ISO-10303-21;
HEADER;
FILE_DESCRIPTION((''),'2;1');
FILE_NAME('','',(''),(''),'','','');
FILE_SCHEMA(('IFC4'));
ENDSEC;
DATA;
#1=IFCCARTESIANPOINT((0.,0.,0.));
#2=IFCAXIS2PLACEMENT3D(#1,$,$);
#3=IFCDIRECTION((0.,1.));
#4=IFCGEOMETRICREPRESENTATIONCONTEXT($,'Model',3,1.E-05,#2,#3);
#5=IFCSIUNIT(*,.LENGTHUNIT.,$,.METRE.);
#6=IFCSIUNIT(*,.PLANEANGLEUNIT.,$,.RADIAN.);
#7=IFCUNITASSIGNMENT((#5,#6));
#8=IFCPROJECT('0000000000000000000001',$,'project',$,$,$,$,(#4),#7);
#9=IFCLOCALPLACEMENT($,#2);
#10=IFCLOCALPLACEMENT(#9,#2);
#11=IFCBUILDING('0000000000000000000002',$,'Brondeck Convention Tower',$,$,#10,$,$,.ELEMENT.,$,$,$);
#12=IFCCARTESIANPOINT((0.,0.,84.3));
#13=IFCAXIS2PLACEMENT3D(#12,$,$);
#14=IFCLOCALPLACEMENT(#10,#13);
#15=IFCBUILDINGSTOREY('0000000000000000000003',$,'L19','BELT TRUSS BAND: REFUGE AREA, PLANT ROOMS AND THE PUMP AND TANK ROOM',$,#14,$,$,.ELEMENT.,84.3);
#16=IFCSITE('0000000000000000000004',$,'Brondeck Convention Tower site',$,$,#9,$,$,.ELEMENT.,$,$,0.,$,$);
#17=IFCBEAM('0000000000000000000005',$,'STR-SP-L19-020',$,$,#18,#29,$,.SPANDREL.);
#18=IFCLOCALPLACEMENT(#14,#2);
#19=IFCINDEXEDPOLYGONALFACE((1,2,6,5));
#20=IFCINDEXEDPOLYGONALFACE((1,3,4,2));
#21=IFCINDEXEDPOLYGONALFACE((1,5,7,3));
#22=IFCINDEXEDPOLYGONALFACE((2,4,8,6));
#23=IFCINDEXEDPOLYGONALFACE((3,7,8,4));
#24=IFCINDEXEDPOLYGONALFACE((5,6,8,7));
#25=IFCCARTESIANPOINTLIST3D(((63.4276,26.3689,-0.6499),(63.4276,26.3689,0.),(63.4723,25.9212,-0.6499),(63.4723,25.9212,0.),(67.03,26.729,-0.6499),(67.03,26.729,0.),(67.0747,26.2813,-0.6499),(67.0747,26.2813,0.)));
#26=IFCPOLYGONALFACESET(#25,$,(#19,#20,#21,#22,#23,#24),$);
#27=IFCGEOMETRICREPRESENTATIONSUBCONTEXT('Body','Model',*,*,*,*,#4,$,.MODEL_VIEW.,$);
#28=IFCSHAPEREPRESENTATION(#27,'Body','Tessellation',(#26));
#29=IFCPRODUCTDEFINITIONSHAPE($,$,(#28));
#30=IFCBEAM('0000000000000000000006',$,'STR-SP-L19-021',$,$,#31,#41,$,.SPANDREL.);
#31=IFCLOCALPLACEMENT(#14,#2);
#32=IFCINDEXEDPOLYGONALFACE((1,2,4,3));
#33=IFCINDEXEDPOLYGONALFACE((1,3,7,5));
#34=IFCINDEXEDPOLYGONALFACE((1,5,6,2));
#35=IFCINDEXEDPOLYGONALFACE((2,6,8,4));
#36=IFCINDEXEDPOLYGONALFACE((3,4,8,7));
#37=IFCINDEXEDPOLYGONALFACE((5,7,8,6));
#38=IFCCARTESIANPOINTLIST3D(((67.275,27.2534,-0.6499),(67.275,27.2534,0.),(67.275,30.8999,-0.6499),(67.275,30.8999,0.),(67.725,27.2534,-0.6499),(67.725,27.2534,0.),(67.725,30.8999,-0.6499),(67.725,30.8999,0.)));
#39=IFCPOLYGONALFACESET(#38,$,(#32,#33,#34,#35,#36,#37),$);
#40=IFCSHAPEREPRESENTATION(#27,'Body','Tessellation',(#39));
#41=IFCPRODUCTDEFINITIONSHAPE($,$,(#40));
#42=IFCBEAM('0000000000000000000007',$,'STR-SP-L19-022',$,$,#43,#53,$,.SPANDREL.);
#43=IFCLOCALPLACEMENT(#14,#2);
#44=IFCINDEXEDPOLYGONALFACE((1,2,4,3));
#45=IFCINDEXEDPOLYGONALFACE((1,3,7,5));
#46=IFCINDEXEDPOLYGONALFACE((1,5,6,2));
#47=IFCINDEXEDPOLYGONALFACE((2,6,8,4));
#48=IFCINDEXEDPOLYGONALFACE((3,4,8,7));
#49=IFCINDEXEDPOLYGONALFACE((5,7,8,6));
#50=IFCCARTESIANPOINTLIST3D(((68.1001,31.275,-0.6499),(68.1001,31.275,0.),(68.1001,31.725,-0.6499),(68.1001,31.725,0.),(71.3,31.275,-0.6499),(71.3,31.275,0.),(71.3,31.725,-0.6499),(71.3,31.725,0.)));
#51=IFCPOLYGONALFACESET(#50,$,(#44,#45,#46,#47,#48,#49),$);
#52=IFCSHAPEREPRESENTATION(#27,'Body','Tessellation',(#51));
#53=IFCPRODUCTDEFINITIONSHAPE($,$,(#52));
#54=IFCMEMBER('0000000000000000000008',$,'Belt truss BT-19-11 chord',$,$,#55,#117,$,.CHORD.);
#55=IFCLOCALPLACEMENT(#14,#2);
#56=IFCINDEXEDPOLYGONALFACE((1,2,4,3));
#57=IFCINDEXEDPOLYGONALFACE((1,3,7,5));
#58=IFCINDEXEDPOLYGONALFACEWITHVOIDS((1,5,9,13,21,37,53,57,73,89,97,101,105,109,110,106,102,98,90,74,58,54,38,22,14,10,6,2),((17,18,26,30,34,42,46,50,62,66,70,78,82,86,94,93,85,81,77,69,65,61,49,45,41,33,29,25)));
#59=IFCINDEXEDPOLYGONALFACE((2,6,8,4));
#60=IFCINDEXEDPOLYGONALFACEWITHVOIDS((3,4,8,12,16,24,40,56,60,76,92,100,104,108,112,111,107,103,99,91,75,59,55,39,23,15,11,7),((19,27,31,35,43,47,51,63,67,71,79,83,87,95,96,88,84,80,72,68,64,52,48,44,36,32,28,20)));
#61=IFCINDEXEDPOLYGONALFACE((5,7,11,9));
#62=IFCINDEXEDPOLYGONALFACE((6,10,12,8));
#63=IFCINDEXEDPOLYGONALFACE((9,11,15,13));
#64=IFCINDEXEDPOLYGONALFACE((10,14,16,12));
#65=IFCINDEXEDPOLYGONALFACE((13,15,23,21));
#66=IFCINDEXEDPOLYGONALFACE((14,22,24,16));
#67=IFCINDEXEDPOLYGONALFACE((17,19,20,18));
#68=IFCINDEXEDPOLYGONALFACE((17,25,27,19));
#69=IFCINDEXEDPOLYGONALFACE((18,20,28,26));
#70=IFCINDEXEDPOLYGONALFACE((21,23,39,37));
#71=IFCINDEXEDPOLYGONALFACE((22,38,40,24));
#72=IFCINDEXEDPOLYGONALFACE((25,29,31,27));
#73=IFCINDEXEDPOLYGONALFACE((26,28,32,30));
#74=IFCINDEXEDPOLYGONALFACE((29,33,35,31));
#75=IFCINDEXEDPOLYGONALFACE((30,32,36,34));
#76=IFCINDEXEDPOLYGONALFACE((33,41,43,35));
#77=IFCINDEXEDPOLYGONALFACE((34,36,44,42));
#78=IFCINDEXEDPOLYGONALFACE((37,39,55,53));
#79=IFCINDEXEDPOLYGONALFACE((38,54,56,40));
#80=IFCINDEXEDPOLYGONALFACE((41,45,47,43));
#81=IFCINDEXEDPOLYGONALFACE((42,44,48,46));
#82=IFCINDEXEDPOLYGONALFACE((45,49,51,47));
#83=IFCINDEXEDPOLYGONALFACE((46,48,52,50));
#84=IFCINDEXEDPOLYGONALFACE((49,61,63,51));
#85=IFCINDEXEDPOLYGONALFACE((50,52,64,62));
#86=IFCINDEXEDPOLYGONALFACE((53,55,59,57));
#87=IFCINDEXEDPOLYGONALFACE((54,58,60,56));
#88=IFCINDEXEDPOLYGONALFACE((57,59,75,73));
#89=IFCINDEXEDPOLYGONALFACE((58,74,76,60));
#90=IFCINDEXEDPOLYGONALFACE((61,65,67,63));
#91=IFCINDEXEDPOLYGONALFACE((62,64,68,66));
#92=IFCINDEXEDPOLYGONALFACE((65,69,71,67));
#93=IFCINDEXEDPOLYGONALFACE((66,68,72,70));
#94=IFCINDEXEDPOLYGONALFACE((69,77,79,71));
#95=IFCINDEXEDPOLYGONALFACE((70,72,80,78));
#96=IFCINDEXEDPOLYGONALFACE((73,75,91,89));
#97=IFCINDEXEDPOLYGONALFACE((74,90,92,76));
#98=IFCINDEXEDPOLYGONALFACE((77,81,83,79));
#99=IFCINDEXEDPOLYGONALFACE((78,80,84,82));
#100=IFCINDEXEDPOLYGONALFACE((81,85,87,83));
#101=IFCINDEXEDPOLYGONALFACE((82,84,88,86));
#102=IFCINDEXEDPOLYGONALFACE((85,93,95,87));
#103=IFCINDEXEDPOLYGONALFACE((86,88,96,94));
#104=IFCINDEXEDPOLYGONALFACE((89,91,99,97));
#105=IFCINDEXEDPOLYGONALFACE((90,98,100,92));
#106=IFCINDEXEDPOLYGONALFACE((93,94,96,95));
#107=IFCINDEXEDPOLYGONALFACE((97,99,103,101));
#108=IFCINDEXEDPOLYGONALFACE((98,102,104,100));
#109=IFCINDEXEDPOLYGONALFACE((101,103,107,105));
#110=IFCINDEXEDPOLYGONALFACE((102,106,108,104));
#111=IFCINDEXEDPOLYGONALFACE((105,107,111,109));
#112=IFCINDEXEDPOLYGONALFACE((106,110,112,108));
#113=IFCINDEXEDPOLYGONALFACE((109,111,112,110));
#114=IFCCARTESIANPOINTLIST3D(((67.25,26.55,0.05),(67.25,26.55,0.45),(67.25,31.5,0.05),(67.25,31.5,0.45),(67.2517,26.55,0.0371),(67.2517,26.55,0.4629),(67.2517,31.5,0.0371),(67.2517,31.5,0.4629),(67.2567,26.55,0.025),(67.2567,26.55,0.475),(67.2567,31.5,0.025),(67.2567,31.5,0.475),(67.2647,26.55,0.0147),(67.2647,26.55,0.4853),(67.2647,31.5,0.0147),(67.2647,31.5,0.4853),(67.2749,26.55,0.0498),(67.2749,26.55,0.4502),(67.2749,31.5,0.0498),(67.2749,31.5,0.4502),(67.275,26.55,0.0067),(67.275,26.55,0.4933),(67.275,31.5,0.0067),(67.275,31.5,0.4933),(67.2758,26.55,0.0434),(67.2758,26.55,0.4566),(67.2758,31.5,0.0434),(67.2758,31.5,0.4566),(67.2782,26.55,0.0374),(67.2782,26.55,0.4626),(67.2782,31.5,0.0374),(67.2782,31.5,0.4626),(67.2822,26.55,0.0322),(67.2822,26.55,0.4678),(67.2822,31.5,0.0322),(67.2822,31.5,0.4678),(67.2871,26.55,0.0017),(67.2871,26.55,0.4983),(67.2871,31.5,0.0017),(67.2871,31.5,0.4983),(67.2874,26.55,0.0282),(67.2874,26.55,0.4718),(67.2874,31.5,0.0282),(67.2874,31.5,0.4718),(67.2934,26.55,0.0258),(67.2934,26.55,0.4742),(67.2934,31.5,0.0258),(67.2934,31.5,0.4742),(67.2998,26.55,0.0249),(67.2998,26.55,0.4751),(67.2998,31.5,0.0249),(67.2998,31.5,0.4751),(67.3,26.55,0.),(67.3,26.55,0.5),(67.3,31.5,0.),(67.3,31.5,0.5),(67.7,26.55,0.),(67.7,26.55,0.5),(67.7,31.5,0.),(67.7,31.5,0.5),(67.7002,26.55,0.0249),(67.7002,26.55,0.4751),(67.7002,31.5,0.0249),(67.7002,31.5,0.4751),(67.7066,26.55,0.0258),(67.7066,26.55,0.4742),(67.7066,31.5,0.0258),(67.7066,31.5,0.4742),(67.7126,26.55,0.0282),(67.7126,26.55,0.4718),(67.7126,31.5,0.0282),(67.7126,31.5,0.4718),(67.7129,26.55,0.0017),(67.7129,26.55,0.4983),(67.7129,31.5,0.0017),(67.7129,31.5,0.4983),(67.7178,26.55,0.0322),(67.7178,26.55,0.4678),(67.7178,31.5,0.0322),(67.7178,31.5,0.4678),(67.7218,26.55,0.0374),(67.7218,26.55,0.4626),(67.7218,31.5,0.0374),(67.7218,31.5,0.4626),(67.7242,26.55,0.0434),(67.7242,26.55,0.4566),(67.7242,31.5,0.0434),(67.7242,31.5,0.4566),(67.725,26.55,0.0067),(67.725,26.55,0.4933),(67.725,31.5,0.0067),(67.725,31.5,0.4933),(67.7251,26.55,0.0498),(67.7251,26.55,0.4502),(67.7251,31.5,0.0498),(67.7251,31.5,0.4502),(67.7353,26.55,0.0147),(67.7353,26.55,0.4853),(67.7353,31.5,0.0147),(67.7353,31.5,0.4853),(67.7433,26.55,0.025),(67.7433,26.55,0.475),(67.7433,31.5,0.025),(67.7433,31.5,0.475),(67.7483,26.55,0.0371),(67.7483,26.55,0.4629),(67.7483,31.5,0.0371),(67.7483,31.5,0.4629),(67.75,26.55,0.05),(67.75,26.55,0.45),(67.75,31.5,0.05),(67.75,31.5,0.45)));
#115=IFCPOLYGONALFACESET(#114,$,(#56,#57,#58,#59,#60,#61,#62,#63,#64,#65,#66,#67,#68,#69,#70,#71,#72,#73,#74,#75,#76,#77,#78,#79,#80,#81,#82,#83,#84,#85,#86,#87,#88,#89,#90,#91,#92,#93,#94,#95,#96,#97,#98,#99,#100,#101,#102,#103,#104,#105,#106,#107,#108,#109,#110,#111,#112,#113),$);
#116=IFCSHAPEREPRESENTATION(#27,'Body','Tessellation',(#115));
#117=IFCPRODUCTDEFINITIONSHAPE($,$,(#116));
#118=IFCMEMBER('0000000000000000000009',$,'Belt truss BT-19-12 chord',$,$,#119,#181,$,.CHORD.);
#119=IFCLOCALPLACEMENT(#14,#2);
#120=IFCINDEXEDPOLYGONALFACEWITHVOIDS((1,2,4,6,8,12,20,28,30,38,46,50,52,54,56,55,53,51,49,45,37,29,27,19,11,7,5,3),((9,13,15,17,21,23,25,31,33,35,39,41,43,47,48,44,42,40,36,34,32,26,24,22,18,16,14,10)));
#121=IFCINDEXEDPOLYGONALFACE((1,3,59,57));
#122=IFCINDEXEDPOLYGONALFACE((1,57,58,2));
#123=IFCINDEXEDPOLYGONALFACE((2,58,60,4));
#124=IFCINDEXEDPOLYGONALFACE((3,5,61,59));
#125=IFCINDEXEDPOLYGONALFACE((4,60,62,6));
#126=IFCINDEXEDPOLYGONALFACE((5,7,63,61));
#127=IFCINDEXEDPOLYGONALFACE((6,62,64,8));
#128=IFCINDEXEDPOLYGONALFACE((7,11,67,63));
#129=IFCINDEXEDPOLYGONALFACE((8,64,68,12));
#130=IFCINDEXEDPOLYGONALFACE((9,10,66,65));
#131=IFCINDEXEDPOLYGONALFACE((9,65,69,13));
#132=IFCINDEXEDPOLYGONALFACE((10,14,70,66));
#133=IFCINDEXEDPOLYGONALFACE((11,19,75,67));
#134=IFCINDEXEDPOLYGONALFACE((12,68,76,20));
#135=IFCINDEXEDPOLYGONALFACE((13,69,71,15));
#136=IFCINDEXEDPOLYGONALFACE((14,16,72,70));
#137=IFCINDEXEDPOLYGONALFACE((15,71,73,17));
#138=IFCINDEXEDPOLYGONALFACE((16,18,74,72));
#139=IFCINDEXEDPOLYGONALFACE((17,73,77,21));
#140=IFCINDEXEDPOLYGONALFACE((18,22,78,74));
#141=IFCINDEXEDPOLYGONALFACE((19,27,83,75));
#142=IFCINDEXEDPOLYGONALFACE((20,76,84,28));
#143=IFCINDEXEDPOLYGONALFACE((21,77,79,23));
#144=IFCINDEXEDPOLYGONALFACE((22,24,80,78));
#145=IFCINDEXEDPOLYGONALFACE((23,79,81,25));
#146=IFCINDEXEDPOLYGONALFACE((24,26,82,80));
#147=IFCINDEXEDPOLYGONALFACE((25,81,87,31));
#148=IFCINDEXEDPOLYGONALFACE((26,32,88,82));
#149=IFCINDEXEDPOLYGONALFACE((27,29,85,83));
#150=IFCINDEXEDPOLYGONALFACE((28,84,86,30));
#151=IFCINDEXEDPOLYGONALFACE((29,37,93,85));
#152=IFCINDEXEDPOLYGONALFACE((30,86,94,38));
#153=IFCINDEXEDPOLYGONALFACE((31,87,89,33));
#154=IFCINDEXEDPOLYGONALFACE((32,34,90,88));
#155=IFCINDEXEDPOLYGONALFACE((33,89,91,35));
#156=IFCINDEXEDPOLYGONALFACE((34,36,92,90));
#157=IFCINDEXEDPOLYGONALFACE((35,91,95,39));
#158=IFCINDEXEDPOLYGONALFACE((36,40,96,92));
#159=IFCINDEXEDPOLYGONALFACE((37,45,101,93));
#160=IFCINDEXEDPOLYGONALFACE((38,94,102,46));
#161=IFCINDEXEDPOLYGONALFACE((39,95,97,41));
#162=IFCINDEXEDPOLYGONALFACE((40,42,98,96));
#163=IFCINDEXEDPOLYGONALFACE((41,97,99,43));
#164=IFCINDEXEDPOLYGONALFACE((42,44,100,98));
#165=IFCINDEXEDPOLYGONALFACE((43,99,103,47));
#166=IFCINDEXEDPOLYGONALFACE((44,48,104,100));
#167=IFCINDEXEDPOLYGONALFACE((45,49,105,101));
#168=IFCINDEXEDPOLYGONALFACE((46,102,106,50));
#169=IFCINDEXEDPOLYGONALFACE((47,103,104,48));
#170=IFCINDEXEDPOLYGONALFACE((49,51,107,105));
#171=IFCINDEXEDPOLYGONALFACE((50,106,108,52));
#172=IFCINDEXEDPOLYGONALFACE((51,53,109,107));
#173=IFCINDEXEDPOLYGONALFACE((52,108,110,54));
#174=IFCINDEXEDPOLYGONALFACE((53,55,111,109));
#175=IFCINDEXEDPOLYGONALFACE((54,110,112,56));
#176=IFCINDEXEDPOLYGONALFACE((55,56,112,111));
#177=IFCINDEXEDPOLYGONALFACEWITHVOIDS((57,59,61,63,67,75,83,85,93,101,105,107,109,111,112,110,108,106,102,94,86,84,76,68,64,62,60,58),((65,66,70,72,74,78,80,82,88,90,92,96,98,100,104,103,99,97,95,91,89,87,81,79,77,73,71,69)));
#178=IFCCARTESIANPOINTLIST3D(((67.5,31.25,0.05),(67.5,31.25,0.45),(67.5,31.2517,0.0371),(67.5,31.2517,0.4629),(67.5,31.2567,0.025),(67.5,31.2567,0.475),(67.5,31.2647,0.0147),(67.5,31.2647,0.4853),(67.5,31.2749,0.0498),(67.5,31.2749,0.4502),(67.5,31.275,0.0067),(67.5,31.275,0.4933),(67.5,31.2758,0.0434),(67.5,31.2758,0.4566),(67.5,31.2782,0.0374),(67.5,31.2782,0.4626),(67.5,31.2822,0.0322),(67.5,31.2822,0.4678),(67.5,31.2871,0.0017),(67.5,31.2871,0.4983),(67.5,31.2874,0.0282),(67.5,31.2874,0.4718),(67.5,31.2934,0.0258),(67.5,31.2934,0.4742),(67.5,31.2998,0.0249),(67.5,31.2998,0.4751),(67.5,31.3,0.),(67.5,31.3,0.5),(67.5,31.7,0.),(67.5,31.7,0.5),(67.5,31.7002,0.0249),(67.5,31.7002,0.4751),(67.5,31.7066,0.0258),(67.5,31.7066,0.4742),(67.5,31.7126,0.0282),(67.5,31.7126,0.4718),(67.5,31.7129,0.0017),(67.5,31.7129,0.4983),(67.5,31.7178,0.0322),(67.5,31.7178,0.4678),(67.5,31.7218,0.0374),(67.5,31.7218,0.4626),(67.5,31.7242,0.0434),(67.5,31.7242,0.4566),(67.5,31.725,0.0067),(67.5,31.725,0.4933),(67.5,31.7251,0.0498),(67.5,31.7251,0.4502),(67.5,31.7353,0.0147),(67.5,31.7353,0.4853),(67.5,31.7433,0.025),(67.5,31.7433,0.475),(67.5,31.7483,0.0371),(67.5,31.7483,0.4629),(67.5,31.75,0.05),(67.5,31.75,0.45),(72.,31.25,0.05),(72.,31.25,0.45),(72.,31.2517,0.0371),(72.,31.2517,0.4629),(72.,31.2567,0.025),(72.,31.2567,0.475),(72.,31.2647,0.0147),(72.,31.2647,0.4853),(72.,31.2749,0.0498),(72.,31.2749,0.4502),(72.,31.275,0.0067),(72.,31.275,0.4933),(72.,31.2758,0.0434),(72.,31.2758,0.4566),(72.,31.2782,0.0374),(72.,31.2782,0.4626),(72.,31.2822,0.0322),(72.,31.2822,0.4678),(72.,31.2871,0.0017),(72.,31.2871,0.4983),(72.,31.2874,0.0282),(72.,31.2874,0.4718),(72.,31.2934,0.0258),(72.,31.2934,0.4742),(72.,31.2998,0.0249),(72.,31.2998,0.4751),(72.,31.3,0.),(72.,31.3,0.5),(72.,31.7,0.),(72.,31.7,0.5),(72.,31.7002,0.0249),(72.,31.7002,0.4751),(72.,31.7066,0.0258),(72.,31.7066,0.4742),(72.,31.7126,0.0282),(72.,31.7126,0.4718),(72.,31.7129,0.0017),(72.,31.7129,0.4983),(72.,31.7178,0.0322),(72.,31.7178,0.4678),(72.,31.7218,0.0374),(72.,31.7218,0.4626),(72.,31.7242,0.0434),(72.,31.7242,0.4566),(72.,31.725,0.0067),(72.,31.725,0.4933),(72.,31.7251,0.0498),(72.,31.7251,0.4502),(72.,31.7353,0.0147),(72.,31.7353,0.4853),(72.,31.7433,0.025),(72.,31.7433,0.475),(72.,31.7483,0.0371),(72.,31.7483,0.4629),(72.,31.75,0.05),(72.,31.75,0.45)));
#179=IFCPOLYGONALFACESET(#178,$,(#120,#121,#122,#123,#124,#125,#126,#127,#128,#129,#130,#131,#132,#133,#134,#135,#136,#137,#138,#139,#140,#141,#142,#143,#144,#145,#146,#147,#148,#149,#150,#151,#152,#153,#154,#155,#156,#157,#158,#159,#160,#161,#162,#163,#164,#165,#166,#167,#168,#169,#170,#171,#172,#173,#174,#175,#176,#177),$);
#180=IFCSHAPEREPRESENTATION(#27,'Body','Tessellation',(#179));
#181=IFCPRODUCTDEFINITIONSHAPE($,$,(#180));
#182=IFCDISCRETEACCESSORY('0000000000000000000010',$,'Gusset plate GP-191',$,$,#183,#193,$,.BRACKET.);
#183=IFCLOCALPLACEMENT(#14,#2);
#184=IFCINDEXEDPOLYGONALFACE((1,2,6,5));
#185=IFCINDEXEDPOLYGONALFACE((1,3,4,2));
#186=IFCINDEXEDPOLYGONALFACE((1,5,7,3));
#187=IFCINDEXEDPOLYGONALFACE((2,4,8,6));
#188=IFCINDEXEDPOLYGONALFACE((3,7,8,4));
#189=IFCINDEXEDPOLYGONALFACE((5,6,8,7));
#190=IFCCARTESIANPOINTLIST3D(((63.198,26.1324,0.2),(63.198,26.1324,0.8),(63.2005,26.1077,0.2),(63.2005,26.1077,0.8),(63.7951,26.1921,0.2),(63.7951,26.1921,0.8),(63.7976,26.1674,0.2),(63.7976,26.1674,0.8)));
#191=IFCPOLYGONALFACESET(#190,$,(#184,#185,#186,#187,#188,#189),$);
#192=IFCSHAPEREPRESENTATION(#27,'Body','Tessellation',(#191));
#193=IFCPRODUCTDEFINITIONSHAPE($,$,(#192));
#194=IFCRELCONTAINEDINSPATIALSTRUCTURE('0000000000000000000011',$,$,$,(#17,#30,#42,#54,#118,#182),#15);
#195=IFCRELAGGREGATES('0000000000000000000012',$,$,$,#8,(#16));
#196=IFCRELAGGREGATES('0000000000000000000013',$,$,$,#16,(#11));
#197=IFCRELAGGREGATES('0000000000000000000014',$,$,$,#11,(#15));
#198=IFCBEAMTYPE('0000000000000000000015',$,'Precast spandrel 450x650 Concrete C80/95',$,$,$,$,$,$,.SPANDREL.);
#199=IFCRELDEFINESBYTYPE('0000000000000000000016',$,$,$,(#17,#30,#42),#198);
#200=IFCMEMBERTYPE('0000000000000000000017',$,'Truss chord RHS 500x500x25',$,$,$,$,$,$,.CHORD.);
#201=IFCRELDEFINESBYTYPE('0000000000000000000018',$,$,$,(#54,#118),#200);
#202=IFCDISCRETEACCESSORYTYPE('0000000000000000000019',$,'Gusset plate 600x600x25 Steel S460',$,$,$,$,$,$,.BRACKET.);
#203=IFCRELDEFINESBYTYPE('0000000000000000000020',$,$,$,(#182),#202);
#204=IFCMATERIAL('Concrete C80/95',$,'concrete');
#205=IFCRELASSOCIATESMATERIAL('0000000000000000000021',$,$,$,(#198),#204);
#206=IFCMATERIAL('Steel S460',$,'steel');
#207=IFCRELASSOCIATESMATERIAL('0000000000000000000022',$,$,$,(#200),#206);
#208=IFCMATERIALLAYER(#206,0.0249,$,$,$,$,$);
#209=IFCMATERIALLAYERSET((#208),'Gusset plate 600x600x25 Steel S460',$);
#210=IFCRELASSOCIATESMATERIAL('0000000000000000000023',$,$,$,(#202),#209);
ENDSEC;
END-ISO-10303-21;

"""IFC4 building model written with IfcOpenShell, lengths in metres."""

from ifc_helpers import new_model, si_unit, direction, frame, origin, origin_2d, place, context, subcontext, project, spatial, rectangle, hollow_rectangle, extrude, material, layer, layer_set, material_profile, profile_set, type_object, element, save


model = new_model("IFC4")

# Units and contexts
model_context = context("Model", 3, precision=1e-05, world=origin(), true_north=direction((0.0, 1.0)))
body_context = subcontext(model_context, "Body", "Model", "MODEL_VIEW")
ifc_project = project(units=[si_unit("LENGTHUNIT", "METRE"), si_unit("PLANEANGLEUNIT", "RADIAN")], contexts=[model_context])

# Site, building, storey
site_placement = place(None, origin())
site = spatial("IfcSite", under=ifc_project, at=site_placement, Name="Brondeck Convention Tower site", CompositionType="ELEMENT", RefElevation=0.0)
building_placement = place(site_placement, origin())
building = spatial("IfcBuilding", under=site, at=building_placement, Name="Brondeck Convention Tower", CompositionType="ELEMENT")
storey_placement = place(building_placement, frame((0.0, 0.0, 84.3)))
storey = spatial("IfcBuildingStorey", under=building, at=storey_placement, Name="L19", Description="BELT TRUSS BAND: REFUGE AREA, PLANT ROOMS AND THE PUMP AND TANK ROOM", CompositionType="ELEMENT", Elevation=84.3)

# Shared definitions
ifc_material_1 = material(Name="Concrete C80/95", Category="concrete")

# Shared definitions
ifc_material_2 = material(Name="Steel S460", Category="steel")

# Beams
ifc_material_profile_1 = material_profile(ifc_material_1, rectangle(XDim=0.45, YDim=0.6499, at=origin_2d()), Name="Precast spandrel 450x650 Concrete C80/95")
ifc_profile_set_1 = profile_set([ifc_material_profile_1], Name="Concrete C80/95")
beam_type_1 = type_object("IfcBeamType", Name="Precast spandrel 450x650 Concrete C80/95", PredefinedType="SPANDREL", material=ifc_profile_set_1)
beam_1_placement = place(storey_placement, frame((63.45, 26.145, -0.325), z_axis=(0.995041, 0.09947, 0.0), x_axis=(-0.09947, 0.995041, 0.0)))
element("IfcBeam", 1, at=beam_1_placement, inside=storey, type_object=beam_type_1, Name="STR-SP-L19-020", PredefinedType="SPANDREL", context=body_context, shape_type="SweptSolid", body=[
    extrude(rectangle(XDim=0.45, YDim=0.6499, at=origin_2d()), origin(), (0.0, 0.0, 1.0), 3.6204),
])
beam_2_placement = place(storey_placement, frame((67.5, 27.2534, -0.325), z_axis=(0.0, 1.0, 0.0), x_axis=(-1.0, 0.0, 0.0)))
element("IfcBeam", 2, at=beam_2_placement, inside=storey, type_object=beam_type_1, Name="STR-SP-L19-021", PredefinedType="SPANDREL", context=body_context, shape_type="SweptSolid", body=[
    extrude(rectangle(XDim=0.45, YDim=0.6499, at=origin_2d()), origin(), (0.0, 0.0, 1.0), 3.6465),
])
beam_3_placement = place(storey_placement, frame((68.1001, 31.5, -0.325), z_axis=(1.0, 0.0, 0.0), x_axis=(0.0, 1.0, 0.0)))
element("IfcBeam", 3, at=beam_3_placement, inside=storey, type_object=beam_type_1, Name="STR-SP-L19-022", PredefinedType="SPANDREL", context=body_context, shape_type="SweptSolid", body=[
    extrude(rectangle(XDim=0.45, YDim=0.6499, at=origin_2d()), origin(), (0.0, 0.0, 1.0), 3.2),
])

# Members
ifc_material_profile_2 = material_profile(ifc_material_2, hollow_rectangle(XDim=0.5, YDim=0.5, WallThickness=0.0249, InnerFilletRadius=0.0249, OuterFilletRadius=0.05, at=origin_2d()), Name="RHS 500x500x25")
ifc_profile_set_2 = profile_set([ifc_material_profile_2], Name="Steel S460")
member_type_1 = type_object("IfcMemberType", Name="Truss chord RHS 500x500x25", PredefinedType="CHORD", material=ifc_profile_set_2)
member_1_placement = place(storey_placement, frame((67.5, 26.55, 0.25), z_axis=(0.0, 1.0, 0.0), x_axis=(-1.0, 0.0, 0.0)))
element("IfcMember", 4, at=member_1_placement, inside=storey, type_object=member_type_1, Name="Belt truss BT-19-11 chord", PredefinedType="CHORD", context=body_context, shape_type="SweptSolid", body=[
    extrude(hollow_rectangle(XDim=0.5, YDim=0.5, WallThickness=0.0249, InnerFilletRadius=0.0249, OuterFilletRadius=0.05, at=origin_2d()), origin(), (0.0, 0.0, 1.0), 4.95),
])
member_2_placement = place(storey_placement, frame((67.5, 31.5, 0.25), z_axis=(1.0, 0.0, 0.0), x_axis=(0.0, 1.0, 0.0)))
element("IfcMember", 5, at=member_2_placement, inside=storey, type_object=member_type_1, Name="Belt truss BT-19-12 chord", PredefinedType="CHORD", context=body_context, shape_type="SweptSolid", body=[
    extrude(hollow_rectangle(XDim=0.5, YDim=0.5, WallThickness=0.0249, InnerFilletRadius=0.0249, OuterFilletRadius=0.05, at=origin_2d()), origin(), (0.0, 0.0, 1.0), 4.5),
])

# Discrete accessory
ifc_layer = layer(ifc_material_2, 0.0249)
ifc_layer_set = layer_set([ifc_layer], Name="Gusset plate 600x600x25 Steel S460")
discrete_accessory_type = type_object("IfcDiscreteAccessoryType", Name="Gusset plate 600x600x25 Steel S460", PredefinedType="BRACKET", material=ifc_layer_set)
for number, where, z_axis, x_axis, name in (
    (6, (63.4978, 26.1499, 0.2), (0.0, 0.0, 1.0), (0.995036, 0.099511, 0.0), "Gusset plate GP-191"),
):
    element("IfcDiscreteAccessory", number, at=place(storey_placement, frame(where, z_axis=z_axis, x_axis=x_axis)), inside=storey, type_object=discrete_accessory_type, Name=name, PredefinedType="BRACKET", context=body_context, shape_type="SweptSolid", body=[
        extrude(rectangle(XDim=0.6001, YDim=0.0249, at=origin_2d()), origin(), (0.0, 0.0, 1.0), 0.6001),
    ])

save(model, "model.ifc")
